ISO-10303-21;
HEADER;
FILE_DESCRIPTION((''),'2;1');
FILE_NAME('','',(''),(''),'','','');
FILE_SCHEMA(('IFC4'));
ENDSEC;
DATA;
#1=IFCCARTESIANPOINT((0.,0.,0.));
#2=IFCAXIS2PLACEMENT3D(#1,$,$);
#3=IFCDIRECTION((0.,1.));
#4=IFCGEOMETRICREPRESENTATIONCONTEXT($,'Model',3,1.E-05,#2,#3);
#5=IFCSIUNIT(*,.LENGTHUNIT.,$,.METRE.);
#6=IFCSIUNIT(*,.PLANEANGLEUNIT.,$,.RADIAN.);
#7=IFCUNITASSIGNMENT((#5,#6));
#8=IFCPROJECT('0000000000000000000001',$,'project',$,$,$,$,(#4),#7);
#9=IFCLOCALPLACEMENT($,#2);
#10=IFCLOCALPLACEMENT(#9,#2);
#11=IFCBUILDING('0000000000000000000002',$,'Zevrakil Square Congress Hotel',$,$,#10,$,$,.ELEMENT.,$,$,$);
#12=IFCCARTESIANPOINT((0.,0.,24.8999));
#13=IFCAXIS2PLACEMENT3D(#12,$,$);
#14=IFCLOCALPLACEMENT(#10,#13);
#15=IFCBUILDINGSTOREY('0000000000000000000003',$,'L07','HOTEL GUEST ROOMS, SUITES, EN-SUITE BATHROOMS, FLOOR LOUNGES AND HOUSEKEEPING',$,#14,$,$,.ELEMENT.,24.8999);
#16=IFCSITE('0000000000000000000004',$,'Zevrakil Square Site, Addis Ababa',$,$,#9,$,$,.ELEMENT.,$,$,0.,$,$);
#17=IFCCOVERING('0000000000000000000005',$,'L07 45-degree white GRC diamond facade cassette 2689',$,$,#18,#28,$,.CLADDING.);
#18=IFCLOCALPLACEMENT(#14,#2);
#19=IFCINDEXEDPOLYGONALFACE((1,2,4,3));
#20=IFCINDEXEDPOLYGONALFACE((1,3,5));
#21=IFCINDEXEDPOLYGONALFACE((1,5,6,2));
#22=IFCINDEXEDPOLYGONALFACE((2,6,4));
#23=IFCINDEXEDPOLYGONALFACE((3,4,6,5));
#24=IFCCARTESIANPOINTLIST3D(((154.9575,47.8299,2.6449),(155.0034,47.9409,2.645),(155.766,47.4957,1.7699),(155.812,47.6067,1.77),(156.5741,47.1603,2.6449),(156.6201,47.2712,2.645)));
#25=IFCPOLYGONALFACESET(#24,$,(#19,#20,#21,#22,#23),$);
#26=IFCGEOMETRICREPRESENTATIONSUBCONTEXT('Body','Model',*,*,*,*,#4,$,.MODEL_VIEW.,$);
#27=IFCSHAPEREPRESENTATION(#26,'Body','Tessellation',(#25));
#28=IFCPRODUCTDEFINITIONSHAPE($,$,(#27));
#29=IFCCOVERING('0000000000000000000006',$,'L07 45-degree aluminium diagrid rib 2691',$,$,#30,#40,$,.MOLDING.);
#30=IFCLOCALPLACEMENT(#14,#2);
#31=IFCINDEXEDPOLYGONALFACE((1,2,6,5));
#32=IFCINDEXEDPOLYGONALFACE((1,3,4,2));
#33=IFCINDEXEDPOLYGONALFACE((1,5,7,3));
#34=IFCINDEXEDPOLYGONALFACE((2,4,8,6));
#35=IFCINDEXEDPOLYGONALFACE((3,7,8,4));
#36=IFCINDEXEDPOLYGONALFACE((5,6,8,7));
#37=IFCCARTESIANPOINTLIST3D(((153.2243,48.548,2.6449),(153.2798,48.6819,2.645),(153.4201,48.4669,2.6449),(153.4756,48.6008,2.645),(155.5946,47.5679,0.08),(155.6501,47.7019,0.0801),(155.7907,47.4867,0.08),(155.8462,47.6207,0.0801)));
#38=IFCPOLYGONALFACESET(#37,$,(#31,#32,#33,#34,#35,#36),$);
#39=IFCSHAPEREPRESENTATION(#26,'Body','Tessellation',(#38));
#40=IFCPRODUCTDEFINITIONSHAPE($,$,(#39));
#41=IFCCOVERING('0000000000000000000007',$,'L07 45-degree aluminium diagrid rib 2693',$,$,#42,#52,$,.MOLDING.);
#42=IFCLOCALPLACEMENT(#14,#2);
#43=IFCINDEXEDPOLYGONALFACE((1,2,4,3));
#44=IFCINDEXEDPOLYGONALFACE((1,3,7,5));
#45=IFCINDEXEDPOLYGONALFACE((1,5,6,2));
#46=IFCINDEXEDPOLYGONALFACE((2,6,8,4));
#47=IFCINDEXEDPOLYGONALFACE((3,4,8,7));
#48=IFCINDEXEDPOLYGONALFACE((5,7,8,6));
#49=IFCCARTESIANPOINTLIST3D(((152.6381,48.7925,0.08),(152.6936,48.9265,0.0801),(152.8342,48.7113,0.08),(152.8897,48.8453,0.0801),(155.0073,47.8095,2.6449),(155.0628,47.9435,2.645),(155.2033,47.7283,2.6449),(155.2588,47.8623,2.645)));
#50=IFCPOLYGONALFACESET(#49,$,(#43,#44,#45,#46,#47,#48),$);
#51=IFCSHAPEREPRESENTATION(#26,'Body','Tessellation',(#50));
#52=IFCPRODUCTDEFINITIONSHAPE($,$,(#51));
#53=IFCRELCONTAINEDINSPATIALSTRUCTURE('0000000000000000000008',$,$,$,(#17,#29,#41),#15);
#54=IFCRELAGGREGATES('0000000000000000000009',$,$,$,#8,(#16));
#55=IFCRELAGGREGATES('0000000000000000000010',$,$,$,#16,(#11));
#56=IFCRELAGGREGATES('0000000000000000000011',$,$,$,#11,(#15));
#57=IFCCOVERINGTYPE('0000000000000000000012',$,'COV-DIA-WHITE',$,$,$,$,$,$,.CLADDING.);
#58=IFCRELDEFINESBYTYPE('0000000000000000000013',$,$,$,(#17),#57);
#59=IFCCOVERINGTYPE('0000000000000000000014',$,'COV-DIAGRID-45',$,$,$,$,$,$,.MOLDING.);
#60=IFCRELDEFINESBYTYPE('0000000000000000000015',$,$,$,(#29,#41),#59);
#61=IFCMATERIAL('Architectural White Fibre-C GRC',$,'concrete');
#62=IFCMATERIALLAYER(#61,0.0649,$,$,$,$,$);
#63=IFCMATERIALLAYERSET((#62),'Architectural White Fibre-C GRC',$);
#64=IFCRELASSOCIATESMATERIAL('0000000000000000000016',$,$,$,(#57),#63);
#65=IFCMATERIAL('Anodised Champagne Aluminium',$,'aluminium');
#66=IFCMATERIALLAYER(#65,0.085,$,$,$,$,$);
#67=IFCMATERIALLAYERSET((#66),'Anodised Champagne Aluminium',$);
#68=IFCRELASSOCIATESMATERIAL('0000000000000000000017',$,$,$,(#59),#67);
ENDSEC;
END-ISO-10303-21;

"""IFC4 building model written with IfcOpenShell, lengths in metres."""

from ifc_helpers import new_model, si_unit, direction, frame, origin, place, context, subcontext, project, spatial, polyline, outline, extrude, material, layer, layer_set, type_object, element, save


model = new_model("IFC4")

# Units and contexts
model_context = context("Model", 3, precision=1e-05, world=origin(), true_north=direction((0.0, 1.0)))
body_context = subcontext(model_context, "Body", "Model", "MODEL_VIEW")
ifc_project = project(units=[si_unit("LENGTHUNIT", "METRE"), si_unit("PLANEANGLEUNIT", "RADIAN")], contexts=[model_context])

# Site, building, storey
site_placement = place(None, origin())
site = spatial("IfcSite", under=ifc_project, at=site_placement, Name="Zevrakil Square Site, Addis Ababa", CompositionType="ELEMENT", RefElevation=0.0)
building_placement = place(site_placement, origin())
building = spatial("IfcBuilding", under=site, at=building_placement, Name="Zevrakil Square Congress Hotel", CompositionType="ELEMENT")
storey_placement = place(building_placement, frame((0.0, 0.0, 24.8999)))
storey = spatial("IfcBuildingStorey", under=building, at=storey_placement, Name="L07", Description="HOTEL GUEST ROOMS, SUITES, EN-SUITE BATHROOMS, FLOOR LOUNGES AND HOUSEKEEPING", CompositionType="ELEMENT", Elevation=24.8999)

# Coverings
ifc_material_1 = material(Name="Architectural White Fibre-C GRC", Category="concrete")
ifc_layer_1 = layer(ifc_material_1, 0.0649)
ifc_layer_set_1 = layer_set([ifc_layer_1], Name="Architectural White Fibre-C GRC")
covering_type_1 = type_object("IfcCoveringType", Name="COV-DIA-WHITE", PredefinedType="CLADDING", material=ifc_layer_set_1)
covering_1_placement = place(storey_placement, frame((155.812, 47.6067, 1.77), z_axis=(0.382693, 0.923875, 0.000751), x_axis=(0.653062, -0.27109, 0.707122)))
element("IfcCovering", 1, at=covering_1_placement, inside=storey, type_object=covering_type_1, Name="L07 45-degree white GRC diamond facade cassette 2689", PredefinedType="CLADDING", context=body_context, shape_type="SweptSolid", body=[
    extrude(outline(polyline([(0.0, 0.0), (1.2374, 0.0), (0.0001, -1.2374), (0.0, 0.0)])), origin(), (0.0, 0.0, -1.0), 0.1201),
])
ifc_material_2 = material(Name="Anodised Champagne Aluminium", Category="aluminium")
ifc_layer_2 = layer(ifc_material_2, 0.085)
ifc_layer_set_2 = layer_set([ifc_layer_2], Name="Anodised Champagne Aluminium")
covering_type_2 = type_object("IfcCoveringType", Name="COV-DIAGRID-45", PredefinedType="MOLDING", material=ifc_layer_set_2)
covering_2_placement = place(storey_placement, frame((155.6501, 47.7019, 0.0801), z_axis=(0.382775, 0.923841, 0.000742), x_axis=(0.923841, -0.382775, 0.0)))
element("IfcCovering", 2, at=covering_2_placement, inside=storey, type_object=covering_type_2, Name="L07 45-degree aluminium diagrid rib 2691", PredefinedType="MOLDING", context=body_context, shape_type="SweptSolid", body=[
    extrude(outline(polyline([(0.0, 0.0), (0.2122, 0.0), (-2.353, -2.5649), (-2.5649, -2.5649), (0.0, 0.0)])), origin(), (0.0, 0.0, -1.0), 0.145),
])
covering_3_placement = place(storey_placement, frame((155.2588, 47.8623, 2.645), z_axis=(0.382572, 0.923925, 0.000734), x_axis=(-0.923926, 0.382572, 0.0)))
element("IfcCovering", 3, at=covering_3_placement, inside=storey, type_object=covering_type_2, Name="L07 45-degree aluminium diagrid rib 2693", PredefinedType="MOLDING", context=body_context, shape_type="SweptSolid", body=[
    extrude(outline(polyline([(0.0, 0.0), (0.2121, 0.0), (2.7772, -2.5649), (2.5649, -2.5649), (0.0, 0.0)])), origin(), (0.0, 0.0, -1.0), 0.145),
])

save(model, "model.ifc")
